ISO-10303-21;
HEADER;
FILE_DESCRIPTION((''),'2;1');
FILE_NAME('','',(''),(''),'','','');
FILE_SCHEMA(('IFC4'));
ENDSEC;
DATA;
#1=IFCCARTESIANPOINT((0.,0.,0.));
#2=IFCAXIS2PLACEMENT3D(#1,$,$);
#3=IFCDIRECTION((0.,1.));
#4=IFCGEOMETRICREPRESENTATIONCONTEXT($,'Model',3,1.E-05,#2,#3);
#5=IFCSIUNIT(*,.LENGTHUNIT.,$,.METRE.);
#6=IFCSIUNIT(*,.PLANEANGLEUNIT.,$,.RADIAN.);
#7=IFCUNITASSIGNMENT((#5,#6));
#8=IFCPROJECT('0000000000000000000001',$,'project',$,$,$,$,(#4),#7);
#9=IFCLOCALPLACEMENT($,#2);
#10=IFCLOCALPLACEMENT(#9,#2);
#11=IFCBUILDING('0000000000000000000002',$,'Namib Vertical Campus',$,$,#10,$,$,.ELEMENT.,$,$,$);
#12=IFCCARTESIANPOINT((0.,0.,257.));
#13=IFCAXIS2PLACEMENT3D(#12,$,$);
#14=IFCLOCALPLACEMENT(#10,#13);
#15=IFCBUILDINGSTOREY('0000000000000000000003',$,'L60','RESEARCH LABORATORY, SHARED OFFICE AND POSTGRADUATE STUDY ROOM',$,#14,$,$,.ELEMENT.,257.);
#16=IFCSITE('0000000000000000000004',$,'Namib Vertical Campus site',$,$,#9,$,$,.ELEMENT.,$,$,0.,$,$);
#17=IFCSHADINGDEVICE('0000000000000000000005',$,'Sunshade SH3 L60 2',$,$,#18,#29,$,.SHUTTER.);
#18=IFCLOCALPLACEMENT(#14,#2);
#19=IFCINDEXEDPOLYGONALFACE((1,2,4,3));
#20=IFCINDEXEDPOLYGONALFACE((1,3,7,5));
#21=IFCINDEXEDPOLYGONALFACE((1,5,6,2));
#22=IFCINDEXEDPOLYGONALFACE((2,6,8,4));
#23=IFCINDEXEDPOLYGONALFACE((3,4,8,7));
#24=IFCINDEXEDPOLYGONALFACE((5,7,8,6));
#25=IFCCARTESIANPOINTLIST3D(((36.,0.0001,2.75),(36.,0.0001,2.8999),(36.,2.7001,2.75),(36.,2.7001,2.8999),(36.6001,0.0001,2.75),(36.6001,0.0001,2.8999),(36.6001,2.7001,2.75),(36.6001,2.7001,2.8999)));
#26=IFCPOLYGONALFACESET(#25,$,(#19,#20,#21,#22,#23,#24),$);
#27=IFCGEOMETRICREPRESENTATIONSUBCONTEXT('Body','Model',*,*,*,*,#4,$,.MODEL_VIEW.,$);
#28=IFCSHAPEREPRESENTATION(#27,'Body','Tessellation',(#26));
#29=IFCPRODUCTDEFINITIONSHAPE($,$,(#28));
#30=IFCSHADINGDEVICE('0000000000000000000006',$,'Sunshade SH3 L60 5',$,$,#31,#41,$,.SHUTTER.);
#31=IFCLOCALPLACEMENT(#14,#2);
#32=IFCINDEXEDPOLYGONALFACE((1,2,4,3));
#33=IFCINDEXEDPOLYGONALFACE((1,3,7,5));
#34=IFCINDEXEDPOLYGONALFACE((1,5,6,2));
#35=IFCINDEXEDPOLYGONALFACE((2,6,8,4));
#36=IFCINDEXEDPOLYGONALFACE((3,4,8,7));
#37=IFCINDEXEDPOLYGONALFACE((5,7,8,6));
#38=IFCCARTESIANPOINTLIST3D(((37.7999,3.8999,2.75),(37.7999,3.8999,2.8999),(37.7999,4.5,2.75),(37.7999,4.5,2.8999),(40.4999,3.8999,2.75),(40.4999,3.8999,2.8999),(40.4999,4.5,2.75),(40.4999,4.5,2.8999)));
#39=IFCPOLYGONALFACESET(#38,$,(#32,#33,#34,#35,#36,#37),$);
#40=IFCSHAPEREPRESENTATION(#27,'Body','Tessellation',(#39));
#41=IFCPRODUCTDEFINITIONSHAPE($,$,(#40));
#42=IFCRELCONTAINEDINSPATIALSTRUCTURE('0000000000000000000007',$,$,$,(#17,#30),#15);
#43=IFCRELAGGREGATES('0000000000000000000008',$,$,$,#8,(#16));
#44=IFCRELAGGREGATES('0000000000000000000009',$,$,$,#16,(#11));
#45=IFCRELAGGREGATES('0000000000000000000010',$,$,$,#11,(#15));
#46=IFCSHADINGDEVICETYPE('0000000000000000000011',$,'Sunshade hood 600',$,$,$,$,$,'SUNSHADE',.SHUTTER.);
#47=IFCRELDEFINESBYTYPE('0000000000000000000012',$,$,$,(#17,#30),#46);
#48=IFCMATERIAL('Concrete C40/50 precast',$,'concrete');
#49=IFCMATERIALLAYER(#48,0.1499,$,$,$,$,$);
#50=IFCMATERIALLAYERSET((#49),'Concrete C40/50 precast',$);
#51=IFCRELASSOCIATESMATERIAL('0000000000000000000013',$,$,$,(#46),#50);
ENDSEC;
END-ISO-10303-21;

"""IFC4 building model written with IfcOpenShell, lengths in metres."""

from ifc_helpers import new_model, si_unit, direction, frame, origin, origin_2d, place, context, subcontext, project, spatial, rectangle, extrude, material, layer, layer_set, type_object, element, save


model = new_model("IFC4")

# Units and contexts
model_context = context("Model", 3, precision=1e-05, world=origin(), true_north=direction((0.0, 1.0)))
body_context = subcontext(model_context, "Body", "Model", "MODEL_VIEW")
ifc_project = project(units=[si_unit("LENGTHUNIT", "METRE"), si_unit("PLANEANGLEUNIT", "RADIAN")], contexts=[model_context])

# Site, building, storey
site_placement = place(None, origin())
site = spatial("IfcSite", under=ifc_project, at=site_placement, Name="Namib Vertical Campus site", CompositionType="ELEMENT", RefElevation=0.0)
building_placement = place(site_placement, origin())
building = spatial("IfcBuilding", under=site, at=building_placement, Name="Namib Vertical Campus", CompositionType="ELEMENT")
storey_placement = place(building_placement, frame((0.0, 0.0, 257.0)))
storey = spatial("IfcBuildingStorey", under=building, at=storey_placement, Name="L60", Description="RESEARCH LABORATORY, SHARED OFFICE AND POSTGRADUATE STUDY ROOM", CompositionType="ELEMENT", Elevation=257.0)

# Shading devices
ifc_material_1 = material(Name="Concrete C40/50 precast", Category="concrete")
ifc_layer_1 = layer(ifc_material_1, 0.1499)
ifc_layer_set_1 = layer_set([ifc_layer_1], Name="Concrete C40/50 precast")
shading_device_type = type_object("IfcShadingDeviceType", Name="Sunshade hood 600", ElementType="SUNSHADE", PredefinedType="SHUTTER", material=ifc_layer_set_1)
for number, where, z_axis, x_axis, name in (
    (1, (36.3, 1.3501, 2.75), (0.0, 0.0, 1.0), (0.0, 1.0, 0.0), "Sunshade SH3 L60 2"),
    (2, (39.1499, 4.2, 2.75), (0.0, 0.0, 1.0), (1.0, 0.0, 0.0), "Sunshade SH3 L60 5"),
):
    element("IfcShadingDevice", number, at=place(storey_placement, frame(where, z_axis=z_axis, x_axis=x_axis)), inside=storey, type_object=shading_device_type, Name=name, PredefinedType="SHUTTER", context=body_context, shape_type="SweptSolid", body=[
        extrude(rectangle(XDim=2.7, YDim=0.6001, at=origin_2d()), origin(), (0.0, 0.0, 1.0), 0.1499),
    ])

save(model, "model.ifc")
